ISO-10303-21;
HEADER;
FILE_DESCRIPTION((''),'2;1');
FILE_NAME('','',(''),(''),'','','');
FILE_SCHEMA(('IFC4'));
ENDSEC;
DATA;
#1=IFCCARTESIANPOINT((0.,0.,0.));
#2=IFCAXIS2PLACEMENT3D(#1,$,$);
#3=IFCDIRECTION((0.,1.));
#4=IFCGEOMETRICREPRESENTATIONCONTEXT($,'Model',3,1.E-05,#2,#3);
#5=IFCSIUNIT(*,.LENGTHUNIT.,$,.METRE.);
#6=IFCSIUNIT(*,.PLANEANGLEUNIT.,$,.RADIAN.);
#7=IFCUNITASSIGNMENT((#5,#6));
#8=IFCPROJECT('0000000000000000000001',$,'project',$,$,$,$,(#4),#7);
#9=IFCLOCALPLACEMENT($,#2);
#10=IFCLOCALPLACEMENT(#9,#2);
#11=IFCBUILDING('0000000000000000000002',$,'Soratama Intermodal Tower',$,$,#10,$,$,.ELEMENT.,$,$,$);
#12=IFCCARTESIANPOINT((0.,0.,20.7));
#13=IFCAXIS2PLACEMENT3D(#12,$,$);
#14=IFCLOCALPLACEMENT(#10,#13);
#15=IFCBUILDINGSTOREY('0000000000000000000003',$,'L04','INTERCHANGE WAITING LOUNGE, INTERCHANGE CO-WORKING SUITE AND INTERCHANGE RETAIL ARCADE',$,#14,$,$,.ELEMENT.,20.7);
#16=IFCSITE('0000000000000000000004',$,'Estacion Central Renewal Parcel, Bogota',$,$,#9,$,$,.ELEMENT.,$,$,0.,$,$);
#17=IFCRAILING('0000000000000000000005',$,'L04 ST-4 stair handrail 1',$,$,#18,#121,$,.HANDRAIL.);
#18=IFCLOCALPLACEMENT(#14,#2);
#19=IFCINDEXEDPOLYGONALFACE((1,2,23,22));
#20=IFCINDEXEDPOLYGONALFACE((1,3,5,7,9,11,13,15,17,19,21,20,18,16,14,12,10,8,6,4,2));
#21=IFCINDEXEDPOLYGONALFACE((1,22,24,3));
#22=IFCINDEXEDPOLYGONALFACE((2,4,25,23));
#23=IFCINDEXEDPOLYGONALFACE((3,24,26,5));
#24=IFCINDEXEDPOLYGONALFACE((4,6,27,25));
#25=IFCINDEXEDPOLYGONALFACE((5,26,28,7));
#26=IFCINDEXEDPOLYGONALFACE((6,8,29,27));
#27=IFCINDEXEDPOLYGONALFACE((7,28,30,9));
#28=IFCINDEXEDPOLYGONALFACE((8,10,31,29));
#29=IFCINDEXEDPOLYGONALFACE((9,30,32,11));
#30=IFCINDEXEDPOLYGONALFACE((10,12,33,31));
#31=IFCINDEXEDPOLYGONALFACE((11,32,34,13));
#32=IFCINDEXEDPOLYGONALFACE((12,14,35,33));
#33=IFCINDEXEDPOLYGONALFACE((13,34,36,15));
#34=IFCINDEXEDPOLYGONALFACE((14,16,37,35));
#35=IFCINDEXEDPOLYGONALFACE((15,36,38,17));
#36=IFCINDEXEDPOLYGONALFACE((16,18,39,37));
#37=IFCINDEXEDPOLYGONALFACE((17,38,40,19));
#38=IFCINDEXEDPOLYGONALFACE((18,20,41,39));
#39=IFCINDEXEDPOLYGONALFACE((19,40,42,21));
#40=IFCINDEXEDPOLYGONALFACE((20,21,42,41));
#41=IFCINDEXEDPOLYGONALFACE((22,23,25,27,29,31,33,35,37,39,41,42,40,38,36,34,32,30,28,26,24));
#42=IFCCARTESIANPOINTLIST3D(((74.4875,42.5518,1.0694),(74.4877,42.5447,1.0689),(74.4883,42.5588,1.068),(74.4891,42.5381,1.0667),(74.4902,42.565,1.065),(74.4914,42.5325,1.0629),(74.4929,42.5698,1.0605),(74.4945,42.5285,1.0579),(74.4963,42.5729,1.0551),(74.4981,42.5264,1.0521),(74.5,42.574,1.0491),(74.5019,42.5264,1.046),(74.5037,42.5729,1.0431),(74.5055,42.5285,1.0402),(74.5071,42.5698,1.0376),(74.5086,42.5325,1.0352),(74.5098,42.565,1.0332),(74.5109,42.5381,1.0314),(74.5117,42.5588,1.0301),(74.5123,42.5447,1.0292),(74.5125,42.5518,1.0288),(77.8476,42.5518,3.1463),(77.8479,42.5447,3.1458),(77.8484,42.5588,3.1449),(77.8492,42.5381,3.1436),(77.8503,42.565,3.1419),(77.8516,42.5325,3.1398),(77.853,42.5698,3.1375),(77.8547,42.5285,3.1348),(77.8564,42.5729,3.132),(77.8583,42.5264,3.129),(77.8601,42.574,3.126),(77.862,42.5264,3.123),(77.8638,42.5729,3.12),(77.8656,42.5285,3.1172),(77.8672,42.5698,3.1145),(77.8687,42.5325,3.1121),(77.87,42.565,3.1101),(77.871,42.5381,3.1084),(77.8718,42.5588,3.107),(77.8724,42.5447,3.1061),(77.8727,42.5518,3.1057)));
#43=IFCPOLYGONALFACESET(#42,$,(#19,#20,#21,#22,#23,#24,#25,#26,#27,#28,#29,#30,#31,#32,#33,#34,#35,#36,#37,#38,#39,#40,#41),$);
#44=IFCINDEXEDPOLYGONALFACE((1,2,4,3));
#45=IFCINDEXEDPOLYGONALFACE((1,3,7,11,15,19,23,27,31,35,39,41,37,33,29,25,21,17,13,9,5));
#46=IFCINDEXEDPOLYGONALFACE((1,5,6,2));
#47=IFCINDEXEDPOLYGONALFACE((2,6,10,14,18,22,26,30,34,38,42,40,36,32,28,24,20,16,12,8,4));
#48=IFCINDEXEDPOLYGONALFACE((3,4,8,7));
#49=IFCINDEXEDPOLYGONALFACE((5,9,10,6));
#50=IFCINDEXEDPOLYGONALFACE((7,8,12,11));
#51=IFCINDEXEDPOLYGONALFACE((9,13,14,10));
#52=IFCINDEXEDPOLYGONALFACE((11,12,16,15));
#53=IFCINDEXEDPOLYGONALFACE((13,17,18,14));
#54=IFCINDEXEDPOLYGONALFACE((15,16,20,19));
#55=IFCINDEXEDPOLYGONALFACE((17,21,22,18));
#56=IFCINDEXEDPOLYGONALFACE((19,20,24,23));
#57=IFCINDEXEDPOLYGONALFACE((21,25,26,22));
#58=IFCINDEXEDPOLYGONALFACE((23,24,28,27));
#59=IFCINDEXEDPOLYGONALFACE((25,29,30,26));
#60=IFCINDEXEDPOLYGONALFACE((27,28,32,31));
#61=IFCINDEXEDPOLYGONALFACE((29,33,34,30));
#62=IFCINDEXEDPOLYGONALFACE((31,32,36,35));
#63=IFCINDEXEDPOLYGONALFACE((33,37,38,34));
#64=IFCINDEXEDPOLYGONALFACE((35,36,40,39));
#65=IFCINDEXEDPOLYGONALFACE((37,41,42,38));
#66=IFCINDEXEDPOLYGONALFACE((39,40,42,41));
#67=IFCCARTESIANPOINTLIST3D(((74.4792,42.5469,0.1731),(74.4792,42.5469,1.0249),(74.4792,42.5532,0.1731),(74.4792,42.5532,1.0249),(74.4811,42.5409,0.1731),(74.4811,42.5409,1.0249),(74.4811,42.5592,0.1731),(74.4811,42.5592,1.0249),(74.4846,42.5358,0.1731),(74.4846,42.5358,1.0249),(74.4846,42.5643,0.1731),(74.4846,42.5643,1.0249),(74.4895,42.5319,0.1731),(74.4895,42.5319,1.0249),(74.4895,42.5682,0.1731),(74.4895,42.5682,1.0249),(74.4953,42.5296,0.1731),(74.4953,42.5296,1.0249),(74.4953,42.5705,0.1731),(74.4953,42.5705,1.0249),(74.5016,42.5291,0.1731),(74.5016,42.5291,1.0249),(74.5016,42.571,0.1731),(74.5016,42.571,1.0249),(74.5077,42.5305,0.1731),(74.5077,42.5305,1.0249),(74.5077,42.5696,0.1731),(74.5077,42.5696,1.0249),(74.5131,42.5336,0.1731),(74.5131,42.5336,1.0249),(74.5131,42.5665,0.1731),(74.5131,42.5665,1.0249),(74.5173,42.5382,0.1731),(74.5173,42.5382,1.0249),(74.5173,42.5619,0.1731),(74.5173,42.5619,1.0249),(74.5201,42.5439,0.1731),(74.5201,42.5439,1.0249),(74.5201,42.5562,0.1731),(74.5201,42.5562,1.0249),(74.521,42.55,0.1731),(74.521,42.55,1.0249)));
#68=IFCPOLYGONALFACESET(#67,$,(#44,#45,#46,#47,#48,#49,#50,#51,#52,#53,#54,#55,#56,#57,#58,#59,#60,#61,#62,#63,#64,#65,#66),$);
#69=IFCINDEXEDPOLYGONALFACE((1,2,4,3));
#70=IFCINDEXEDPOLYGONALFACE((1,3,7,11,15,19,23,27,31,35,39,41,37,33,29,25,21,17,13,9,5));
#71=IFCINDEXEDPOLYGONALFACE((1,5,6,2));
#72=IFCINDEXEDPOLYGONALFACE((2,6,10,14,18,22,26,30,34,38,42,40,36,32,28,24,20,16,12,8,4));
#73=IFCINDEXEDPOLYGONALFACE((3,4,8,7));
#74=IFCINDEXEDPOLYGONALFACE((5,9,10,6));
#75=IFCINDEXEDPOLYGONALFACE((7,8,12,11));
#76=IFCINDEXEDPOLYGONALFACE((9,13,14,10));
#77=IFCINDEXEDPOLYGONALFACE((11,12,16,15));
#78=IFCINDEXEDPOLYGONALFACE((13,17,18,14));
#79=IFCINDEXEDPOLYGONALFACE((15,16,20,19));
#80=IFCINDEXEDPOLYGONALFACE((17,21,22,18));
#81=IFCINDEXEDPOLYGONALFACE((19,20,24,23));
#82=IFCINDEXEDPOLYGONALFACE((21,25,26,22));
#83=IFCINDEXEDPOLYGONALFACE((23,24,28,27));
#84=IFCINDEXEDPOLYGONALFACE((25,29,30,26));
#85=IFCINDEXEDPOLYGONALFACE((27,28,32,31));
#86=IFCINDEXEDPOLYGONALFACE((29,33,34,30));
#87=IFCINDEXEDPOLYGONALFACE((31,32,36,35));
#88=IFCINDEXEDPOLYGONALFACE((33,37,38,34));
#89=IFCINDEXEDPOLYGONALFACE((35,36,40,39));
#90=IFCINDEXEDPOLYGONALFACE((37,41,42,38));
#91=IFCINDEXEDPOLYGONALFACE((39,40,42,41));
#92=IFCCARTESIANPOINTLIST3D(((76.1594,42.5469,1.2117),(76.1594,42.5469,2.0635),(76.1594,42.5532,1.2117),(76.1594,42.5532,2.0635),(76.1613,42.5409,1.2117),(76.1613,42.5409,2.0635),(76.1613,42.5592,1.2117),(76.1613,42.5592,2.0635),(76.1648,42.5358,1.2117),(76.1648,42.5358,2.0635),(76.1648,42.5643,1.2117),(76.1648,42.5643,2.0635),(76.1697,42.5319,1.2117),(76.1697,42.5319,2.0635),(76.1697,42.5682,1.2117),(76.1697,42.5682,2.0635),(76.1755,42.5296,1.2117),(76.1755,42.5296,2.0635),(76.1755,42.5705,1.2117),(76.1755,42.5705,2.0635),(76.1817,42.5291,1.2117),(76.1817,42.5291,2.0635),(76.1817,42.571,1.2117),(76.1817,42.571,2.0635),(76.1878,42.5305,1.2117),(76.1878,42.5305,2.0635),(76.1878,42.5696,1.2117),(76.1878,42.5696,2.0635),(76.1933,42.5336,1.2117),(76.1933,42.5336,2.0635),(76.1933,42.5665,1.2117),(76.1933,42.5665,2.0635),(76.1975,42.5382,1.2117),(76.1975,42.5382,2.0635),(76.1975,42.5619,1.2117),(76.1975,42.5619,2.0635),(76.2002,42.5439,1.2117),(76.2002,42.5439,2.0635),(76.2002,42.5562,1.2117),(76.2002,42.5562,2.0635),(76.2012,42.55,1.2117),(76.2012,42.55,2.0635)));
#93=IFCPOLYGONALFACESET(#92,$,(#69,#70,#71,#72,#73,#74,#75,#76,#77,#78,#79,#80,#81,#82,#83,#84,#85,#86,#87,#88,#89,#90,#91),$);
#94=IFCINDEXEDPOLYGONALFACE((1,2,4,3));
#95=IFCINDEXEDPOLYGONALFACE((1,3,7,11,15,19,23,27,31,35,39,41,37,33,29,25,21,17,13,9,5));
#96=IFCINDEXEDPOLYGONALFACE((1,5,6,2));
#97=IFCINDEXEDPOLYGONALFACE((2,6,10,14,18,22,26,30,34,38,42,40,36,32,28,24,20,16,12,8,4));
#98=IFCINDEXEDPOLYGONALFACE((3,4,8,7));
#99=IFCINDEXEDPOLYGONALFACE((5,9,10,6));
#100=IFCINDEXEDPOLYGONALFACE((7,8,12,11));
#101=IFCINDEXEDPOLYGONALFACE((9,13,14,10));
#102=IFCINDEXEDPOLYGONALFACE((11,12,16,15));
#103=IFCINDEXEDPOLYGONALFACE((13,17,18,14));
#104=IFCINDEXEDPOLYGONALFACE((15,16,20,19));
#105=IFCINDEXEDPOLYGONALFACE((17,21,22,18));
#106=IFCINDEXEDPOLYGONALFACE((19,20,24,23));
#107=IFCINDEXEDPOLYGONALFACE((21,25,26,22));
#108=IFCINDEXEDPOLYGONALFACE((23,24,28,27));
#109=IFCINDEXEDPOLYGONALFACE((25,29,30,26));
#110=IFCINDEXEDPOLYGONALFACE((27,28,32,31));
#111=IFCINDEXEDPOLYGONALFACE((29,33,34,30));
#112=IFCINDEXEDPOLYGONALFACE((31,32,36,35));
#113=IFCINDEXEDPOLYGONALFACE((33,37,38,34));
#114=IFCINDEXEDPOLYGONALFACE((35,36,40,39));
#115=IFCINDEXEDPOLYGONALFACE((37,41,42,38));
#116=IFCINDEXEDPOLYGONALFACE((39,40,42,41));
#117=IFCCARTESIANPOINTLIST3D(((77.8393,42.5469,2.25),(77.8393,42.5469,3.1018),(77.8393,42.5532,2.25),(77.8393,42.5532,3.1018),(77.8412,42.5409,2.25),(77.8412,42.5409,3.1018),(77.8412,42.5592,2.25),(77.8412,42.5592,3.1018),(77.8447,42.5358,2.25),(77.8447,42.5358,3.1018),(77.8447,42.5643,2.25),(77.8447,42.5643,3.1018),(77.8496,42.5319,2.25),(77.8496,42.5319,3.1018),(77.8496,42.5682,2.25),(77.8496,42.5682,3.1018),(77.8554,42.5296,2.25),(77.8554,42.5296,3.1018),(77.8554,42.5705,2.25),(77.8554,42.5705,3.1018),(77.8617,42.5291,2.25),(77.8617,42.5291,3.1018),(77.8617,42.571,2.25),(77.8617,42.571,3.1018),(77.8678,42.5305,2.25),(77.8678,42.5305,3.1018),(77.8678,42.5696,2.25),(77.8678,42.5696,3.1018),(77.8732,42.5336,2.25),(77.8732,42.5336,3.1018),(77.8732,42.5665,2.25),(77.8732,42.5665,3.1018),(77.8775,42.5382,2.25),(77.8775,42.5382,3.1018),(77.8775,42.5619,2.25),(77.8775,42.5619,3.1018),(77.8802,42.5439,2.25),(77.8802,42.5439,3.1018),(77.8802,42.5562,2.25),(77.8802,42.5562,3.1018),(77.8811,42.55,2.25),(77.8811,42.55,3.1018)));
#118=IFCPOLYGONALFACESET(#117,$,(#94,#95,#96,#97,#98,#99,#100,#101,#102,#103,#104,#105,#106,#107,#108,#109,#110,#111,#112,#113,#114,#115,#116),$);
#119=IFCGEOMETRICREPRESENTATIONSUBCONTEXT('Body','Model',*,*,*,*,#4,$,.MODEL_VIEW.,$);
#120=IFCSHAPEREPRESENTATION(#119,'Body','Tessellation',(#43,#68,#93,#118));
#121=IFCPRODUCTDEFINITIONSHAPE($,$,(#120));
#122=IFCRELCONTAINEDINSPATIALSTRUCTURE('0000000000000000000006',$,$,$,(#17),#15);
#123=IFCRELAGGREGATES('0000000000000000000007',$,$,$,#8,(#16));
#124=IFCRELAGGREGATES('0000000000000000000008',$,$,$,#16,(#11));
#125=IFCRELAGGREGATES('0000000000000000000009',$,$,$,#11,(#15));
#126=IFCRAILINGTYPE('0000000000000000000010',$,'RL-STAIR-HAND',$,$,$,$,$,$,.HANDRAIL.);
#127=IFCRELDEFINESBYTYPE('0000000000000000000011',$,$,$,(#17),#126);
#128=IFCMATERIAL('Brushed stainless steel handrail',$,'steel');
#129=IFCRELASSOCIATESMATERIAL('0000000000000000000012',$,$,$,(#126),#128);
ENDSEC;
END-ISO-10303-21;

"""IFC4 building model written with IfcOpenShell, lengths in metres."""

from ifc_helpers import new_model, si_unit, direction, frame, origin, origin_2d, place, context, subcontext, project, spatial, circle, extrude, material, type_object, element, save


model = new_model("IFC4")

# Units and contexts
model_context = context("Model", 3, precision=1e-05, world=origin(), true_north=direction((0.0, 1.0)))
body_context = subcontext(model_context, "Body", "Model", "MODEL_VIEW")
ifc_project = project(units=[si_unit("LENGTHUNIT", "METRE"), si_unit("PLANEANGLEUNIT", "RADIAN")], contexts=[model_context])

# Site, building, storey
site_placement = place(None, origin())
site = spatial("IfcSite", under=ifc_project, at=site_placement, Name="Estacion Central Renewal Parcel, Bogota", CompositionType="ELEMENT", RefElevation=0.0)
building_placement = place(site_placement, origin())
building = spatial("IfcBuilding", under=site, at=building_placement, Name="Soratama Intermodal Tower", CompositionType="ELEMENT")
storey_placement = place(building_placement, frame((0.0, 0.0, 20.7)))
storey = spatial("IfcBuildingStorey", under=building, at=storey_placement, Name="L04", Description="INTERCHANGE WAITING LOUNGE, INTERCHANGE CO-WORKING SUITE AND INTERCHANGE RETAIL ARCADE", CompositionType="ELEMENT", Elevation=20.7)

# Railing
ifc_material_1 = material(Name="Brushed stainless steel handrail", Category="steel")
railing_type_1 = type_object("IfcRailingType", Name="RL-STAIR-HAND", PredefinedType="HANDRAIL", material=ifc_material_1)
railing_1_placement = place(storey_placement, frame((74.5, 42.55, 0.1731)))
element("IfcRailing", 1, at=railing_1_placement, inside=storey, type_object=railing_type_1, Name="L04 ST-4 stair handrail 1", PredefinedType="HANDRAIL", context=body_context, shape_type="SweptSolid", body=[
    extrude(circle(Radius=0.0239, at=origin_2d()), frame((0.0, 0.0, 0.876), z_axis=(0.850623, 0.0, 0.525776), x_axis=(0.0, 1.0, 0.0)), (0.0, 0.0, 1.0), 3.9502),
    extrude(circle(Radius=0.021, at=origin_2d()), origin(), (0.0, 0.0, 1.0), 0.8518),
    extrude(circle(Radius=0.021, at=origin_2d()), frame((1.6802, 0.0, 1.0386)), (0.0, 0.0, 1.0), 0.8518),
    extrude(circle(Radius=0.021, at=origin_2d()), frame((3.3601, 0.0, 2.0769)), (0.0, 0.0, 1.0), 0.8518),
])

save(model, "model.ifc")
